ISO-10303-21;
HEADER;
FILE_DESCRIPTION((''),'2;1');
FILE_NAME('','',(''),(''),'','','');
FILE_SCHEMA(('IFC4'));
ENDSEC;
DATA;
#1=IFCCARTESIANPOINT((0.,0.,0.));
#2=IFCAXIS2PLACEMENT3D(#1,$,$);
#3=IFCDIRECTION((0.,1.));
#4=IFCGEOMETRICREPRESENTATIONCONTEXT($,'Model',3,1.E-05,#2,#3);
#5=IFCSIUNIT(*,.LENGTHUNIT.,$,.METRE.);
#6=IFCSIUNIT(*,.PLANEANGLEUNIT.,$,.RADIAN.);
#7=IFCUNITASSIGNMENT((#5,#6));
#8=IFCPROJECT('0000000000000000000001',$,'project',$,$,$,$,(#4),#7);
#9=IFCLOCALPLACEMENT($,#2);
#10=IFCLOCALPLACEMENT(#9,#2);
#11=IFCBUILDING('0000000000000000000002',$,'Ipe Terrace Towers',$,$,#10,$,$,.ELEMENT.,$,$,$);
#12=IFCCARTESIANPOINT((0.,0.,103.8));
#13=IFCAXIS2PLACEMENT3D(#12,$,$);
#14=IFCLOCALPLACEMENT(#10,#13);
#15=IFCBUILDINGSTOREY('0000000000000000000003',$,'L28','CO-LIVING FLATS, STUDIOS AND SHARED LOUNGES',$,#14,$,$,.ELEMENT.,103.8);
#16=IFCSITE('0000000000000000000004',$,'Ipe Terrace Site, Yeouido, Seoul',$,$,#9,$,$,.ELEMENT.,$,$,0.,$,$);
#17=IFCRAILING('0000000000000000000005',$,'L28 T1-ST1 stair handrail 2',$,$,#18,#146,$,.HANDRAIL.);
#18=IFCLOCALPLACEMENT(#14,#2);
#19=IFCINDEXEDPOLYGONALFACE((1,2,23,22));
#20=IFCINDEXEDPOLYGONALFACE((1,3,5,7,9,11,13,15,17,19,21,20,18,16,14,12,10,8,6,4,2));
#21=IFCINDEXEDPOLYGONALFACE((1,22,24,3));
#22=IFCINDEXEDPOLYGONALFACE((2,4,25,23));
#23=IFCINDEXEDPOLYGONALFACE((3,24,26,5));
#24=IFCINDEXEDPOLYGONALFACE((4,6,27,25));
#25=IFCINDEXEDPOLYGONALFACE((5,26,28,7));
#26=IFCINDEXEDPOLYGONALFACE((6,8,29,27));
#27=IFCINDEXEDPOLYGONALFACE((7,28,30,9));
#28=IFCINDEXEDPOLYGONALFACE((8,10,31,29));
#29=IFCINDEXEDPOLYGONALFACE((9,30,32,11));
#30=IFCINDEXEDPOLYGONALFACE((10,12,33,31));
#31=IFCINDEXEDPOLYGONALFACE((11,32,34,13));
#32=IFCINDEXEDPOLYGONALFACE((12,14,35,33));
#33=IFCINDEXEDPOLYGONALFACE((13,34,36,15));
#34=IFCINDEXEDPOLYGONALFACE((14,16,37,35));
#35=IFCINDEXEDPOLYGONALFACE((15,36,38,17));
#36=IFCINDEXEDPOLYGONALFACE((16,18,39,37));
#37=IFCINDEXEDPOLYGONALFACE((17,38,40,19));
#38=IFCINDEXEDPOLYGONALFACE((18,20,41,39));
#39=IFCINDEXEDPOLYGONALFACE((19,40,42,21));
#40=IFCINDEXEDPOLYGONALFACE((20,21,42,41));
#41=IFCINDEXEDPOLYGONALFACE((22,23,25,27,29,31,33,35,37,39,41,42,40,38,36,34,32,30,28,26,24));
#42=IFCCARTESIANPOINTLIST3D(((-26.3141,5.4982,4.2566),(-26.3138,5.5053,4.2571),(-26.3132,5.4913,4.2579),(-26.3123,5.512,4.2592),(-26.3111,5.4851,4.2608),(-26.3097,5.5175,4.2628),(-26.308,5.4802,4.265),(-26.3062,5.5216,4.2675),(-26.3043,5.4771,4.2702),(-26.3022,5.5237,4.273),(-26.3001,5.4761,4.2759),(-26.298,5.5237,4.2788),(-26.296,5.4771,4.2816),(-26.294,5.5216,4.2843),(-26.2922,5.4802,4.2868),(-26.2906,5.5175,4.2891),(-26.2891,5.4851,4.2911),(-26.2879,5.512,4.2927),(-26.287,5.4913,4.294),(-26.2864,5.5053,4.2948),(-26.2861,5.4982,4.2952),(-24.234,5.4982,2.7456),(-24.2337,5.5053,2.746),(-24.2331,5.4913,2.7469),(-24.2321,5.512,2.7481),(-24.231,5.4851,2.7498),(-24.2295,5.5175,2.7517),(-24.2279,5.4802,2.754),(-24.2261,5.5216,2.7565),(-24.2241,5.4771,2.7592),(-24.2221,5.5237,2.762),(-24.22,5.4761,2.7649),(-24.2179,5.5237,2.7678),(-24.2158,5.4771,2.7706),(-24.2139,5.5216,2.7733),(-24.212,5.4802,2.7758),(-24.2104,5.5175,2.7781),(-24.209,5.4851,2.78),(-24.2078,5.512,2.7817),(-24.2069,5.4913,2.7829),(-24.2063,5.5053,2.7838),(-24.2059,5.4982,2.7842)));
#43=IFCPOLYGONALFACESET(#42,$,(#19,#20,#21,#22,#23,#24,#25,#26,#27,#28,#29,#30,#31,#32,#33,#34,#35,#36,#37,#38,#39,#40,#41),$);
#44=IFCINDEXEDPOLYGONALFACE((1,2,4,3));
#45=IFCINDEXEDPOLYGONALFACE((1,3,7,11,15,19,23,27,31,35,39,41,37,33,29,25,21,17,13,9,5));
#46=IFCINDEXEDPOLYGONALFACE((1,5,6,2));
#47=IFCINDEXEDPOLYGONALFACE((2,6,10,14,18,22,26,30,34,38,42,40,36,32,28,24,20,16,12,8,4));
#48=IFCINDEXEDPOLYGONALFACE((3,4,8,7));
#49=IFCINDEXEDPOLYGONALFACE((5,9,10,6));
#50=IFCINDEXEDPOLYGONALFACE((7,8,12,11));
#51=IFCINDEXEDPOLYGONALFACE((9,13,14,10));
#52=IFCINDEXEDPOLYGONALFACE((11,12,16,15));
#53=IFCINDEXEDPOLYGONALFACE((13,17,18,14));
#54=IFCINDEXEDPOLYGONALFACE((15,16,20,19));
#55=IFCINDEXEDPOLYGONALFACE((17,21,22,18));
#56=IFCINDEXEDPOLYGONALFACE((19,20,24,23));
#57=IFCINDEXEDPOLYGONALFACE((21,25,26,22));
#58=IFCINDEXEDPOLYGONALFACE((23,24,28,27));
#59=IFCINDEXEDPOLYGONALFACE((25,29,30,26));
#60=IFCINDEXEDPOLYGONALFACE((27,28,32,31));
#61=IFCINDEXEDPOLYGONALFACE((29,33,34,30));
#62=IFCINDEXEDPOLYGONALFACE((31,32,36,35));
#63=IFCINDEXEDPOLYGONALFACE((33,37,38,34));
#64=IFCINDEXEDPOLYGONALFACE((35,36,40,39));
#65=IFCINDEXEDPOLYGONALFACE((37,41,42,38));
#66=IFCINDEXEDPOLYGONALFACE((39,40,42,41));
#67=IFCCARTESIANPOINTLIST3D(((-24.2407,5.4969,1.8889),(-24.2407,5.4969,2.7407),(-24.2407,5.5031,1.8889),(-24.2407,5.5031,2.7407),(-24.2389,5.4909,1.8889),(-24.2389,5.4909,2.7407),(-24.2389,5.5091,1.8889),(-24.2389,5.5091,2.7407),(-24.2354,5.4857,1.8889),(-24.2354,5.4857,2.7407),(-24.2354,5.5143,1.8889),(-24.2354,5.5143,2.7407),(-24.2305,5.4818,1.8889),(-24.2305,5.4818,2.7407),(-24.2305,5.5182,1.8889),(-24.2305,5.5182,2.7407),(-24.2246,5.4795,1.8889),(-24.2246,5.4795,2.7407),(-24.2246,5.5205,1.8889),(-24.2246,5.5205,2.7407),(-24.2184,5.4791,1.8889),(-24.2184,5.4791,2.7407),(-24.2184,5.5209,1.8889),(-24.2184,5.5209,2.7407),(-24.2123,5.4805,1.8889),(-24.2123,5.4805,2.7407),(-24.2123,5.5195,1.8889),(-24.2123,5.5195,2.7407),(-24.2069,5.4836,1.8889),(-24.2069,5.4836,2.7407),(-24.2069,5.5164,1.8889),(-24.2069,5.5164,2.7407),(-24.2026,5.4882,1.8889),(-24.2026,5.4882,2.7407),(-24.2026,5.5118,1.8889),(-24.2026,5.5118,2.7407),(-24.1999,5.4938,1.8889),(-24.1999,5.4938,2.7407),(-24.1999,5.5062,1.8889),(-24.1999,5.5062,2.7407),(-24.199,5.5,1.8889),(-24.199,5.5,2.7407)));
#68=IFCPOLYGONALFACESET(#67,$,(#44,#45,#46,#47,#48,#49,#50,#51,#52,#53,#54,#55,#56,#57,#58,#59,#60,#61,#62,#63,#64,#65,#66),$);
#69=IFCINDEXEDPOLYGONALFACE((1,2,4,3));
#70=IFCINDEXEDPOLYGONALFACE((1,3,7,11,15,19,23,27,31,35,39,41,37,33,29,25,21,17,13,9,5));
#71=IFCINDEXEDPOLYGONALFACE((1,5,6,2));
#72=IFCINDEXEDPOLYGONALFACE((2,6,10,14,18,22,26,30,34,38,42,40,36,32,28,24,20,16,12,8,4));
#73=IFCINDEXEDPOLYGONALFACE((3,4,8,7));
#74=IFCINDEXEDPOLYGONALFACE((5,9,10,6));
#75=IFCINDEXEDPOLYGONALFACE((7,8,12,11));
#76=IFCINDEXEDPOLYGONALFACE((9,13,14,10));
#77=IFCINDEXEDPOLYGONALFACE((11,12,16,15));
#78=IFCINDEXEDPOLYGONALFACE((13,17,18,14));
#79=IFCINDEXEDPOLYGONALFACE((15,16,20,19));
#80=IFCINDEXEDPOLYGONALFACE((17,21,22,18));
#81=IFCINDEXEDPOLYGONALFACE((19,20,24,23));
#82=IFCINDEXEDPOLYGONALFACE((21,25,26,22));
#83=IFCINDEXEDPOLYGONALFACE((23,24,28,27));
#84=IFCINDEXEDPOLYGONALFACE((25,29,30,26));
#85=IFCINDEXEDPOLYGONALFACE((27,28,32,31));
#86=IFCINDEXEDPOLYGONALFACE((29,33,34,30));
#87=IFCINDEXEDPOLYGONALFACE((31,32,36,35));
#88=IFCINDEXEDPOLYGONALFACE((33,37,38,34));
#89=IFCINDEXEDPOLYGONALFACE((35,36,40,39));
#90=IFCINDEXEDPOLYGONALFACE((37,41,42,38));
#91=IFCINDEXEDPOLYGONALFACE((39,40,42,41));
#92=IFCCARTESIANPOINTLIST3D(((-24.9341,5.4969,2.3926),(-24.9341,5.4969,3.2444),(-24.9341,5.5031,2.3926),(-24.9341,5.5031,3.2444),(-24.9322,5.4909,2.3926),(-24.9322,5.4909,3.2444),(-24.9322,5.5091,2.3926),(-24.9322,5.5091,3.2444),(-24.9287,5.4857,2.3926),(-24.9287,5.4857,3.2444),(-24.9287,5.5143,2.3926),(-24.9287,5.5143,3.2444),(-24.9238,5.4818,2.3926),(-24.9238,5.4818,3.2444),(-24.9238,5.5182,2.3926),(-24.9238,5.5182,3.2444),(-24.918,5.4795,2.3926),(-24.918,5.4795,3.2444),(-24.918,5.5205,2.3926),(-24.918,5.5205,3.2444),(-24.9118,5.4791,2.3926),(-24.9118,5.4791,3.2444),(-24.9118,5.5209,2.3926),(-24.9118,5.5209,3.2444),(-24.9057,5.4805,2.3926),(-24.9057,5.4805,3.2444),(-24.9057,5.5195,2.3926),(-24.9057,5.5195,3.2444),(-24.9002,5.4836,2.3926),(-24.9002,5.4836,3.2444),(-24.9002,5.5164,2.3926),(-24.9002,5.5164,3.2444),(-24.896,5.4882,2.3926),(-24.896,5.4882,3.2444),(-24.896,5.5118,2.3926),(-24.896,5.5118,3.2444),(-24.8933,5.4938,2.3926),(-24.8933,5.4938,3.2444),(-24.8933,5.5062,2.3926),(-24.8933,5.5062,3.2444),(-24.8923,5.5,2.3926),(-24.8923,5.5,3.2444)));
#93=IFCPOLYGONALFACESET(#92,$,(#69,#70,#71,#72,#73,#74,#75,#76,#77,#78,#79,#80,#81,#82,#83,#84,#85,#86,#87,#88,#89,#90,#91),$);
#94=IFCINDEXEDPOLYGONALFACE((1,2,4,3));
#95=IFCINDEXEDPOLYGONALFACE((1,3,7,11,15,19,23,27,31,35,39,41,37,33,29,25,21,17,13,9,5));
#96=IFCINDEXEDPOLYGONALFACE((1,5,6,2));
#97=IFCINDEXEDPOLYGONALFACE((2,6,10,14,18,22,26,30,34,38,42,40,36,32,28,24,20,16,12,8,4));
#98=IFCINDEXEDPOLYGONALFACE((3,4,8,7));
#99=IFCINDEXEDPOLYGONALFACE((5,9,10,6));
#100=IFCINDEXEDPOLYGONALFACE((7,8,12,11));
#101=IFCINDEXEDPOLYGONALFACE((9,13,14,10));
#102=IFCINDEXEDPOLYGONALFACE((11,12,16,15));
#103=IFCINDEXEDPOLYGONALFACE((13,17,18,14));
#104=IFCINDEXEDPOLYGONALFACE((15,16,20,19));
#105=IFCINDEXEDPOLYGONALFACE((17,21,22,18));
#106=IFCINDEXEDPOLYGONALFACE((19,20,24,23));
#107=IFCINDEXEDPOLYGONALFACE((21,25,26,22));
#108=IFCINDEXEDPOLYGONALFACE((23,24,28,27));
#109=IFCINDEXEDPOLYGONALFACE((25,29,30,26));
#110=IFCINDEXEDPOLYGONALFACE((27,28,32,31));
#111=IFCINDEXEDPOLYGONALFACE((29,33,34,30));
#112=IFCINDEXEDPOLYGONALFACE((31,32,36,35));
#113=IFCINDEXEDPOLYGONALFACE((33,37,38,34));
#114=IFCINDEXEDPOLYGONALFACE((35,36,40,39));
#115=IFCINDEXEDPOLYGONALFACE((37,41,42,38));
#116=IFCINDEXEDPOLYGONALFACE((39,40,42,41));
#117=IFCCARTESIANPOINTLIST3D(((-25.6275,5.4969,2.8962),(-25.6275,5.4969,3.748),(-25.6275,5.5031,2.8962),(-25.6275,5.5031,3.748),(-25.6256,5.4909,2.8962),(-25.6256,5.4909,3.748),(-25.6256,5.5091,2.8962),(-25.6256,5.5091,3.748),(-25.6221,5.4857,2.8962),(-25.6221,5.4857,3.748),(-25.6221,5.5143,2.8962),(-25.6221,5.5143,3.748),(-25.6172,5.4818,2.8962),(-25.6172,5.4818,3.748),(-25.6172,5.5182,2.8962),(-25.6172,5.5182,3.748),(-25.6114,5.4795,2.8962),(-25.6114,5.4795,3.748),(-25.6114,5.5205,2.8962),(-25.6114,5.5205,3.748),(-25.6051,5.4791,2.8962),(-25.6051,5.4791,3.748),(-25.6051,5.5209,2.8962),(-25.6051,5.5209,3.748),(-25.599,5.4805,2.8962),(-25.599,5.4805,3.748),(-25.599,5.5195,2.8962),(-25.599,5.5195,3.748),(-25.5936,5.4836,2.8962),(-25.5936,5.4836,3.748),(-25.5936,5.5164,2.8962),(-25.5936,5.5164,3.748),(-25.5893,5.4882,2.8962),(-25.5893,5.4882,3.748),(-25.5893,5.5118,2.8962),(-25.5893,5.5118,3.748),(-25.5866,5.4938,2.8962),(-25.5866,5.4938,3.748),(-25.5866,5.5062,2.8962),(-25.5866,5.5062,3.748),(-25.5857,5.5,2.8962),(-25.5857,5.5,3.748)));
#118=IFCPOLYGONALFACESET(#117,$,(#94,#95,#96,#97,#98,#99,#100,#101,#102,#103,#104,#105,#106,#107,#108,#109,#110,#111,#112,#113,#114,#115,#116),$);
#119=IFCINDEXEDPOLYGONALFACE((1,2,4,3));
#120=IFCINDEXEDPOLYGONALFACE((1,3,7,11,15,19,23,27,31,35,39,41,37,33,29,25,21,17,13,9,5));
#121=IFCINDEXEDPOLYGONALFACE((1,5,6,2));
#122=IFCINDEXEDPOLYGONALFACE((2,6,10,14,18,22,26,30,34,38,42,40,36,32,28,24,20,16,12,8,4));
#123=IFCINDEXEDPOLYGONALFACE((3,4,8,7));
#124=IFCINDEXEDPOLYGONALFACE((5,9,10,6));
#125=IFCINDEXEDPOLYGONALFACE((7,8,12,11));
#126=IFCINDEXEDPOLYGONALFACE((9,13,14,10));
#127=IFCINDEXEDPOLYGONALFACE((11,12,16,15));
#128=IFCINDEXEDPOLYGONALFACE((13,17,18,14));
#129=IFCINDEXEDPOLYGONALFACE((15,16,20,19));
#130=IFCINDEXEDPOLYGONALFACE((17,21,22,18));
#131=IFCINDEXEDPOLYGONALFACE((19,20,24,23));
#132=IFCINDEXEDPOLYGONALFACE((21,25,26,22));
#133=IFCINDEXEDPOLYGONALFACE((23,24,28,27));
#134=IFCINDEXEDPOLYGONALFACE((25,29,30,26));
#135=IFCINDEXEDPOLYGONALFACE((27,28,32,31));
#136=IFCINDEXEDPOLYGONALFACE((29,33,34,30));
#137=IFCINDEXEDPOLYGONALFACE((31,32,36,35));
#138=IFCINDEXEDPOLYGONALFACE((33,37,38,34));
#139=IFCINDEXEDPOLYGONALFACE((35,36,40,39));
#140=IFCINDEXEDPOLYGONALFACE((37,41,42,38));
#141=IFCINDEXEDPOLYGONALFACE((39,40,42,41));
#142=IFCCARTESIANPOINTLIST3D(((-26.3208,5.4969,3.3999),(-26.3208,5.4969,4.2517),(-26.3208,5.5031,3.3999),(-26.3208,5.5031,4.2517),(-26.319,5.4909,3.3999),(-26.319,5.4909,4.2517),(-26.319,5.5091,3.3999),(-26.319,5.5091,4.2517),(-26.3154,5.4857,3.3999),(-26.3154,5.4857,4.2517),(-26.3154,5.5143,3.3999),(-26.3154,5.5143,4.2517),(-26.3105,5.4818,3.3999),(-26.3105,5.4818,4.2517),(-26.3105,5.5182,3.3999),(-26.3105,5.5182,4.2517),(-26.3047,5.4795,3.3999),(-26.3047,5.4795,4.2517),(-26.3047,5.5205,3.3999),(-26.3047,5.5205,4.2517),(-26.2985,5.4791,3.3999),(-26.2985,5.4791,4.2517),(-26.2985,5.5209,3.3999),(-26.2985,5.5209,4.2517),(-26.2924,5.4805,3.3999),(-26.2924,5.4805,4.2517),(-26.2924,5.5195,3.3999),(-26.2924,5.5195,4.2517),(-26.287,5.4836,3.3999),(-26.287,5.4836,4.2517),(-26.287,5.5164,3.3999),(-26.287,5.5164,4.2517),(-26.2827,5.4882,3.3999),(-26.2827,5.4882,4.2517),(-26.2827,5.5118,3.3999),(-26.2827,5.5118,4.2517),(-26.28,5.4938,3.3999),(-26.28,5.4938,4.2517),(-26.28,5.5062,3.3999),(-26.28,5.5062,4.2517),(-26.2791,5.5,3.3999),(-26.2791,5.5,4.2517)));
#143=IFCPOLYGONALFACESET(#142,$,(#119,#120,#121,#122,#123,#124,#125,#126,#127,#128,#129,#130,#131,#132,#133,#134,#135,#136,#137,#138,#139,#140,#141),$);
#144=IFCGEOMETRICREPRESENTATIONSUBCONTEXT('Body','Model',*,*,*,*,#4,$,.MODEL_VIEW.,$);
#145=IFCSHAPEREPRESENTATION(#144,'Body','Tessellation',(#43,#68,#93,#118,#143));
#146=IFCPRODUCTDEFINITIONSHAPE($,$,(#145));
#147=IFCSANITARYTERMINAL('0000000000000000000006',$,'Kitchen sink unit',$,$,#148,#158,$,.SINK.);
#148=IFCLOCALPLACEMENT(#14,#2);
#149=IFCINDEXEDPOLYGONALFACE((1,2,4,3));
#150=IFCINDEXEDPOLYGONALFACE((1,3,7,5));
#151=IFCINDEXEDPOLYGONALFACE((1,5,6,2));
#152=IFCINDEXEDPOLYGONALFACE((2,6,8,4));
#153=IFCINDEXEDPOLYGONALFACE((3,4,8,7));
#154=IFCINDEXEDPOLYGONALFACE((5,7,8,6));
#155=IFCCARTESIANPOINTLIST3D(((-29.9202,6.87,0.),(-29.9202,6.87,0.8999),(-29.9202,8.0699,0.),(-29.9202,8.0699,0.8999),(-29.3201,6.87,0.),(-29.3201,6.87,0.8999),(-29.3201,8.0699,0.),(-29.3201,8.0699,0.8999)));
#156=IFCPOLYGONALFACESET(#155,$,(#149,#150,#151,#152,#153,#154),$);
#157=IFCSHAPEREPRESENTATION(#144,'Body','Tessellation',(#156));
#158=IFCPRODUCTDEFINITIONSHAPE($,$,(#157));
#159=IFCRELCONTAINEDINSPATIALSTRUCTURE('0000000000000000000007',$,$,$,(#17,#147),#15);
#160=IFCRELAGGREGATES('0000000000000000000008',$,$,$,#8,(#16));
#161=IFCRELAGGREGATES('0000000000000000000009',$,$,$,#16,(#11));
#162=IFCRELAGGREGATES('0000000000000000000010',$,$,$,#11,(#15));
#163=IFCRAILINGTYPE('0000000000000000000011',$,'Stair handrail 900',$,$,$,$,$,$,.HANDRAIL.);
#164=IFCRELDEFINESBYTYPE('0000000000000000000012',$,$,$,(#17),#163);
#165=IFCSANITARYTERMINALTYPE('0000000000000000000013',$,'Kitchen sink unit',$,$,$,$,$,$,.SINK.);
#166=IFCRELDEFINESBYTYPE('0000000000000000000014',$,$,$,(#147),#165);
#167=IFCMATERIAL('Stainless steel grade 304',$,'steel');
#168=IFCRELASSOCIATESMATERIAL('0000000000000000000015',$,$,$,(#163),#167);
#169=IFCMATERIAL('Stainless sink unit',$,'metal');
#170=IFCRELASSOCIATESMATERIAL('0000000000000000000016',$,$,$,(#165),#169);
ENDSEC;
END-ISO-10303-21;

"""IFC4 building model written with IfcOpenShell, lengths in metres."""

from ifc_helpers import new_model, si_unit, direction, frame, origin, origin_2d, place, context, subcontext, project, spatial, rectangle, circle, extrude, material, type_object, element, save


model = new_model("IFC4")

# Units and contexts
model_context = context("Model", 3, precision=1e-05, world=origin(), true_north=direction((0.0, 1.0)))
body_context = subcontext(model_context, "Body", "Model", "MODEL_VIEW")
ifc_project = project(units=[si_unit("LENGTHUNIT", "METRE"), si_unit("PLANEANGLEUNIT", "RADIAN")], contexts=[model_context])

# Site, building, storey
site_placement = place(None, origin())
site = spatial("IfcSite", under=ifc_project, at=site_placement, Name="Ipe Terrace Site, Yeouido, Seoul", CompositionType="ELEMENT", RefElevation=0.0)
building_placement = place(site_placement, origin())
building = spatial("IfcBuilding", under=site, at=building_placement, Name="Ipe Terrace Towers", CompositionType="ELEMENT")
storey_placement = place(building_placement, frame((0.0, 0.0, 103.8)))
storey = spatial("IfcBuildingStorey", under=building, at=storey_placement, Name="L28", Description="CO-LIVING FLATS, STUDIOS AND SHARED LOUNGES", CompositionType="ELEMENT", Elevation=103.8)

# Railing
ifc_material_1 = material(Name="Stainless steel grade 304", Category="steel")
railing_type_1 = type_object("IfcRailingType", Name="Stair handrail 900", PredefinedType="HANDRAIL", material=ifc_material_1)
railing_1_placement = place(storey_placement, frame((-24.22, 5.5, 1.8889)))
element("IfcRailing", 1, at=railing_1_placement, inside=storey, type_object=railing_type_1, Name="L28 T1-ST1 stair handrail 2", PredefinedType="HANDRAIL", context=body_context, shape_type="SweptSolid", body=[
    extrude(circle(Radius=0.0239, at=origin_2d()), frame((0.0, 0.0, 0.876), z_axis=(-0.809069, 0.0, 0.587714), x_axis=(0.0, -1.0, 0.0)), (0.0, 0.0, 1.0), 2.571),
    extrude(circle(Radius=0.021, at=origin_2d()), origin(), (0.0, 0.0, 1.0), 0.8518),
    extrude(circle(Radius=0.021, at=origin_2d()), frame((-0.6934, 0.0, 0.5037)), (0.0, 0.0, 1.0), 0.8518),
    extrude(circle(Radius=0.021, at=origin_2d()), frame((-1.3867, 0.0, 1.0073)), (0.0, 0.0, 1.0), 0.8518),
    extrude(circle(Radius=0.021, at=origin_2d()), frame((-2.0801, 0.0, 1.511)), (0.0, 0.0, 1.0), 0.8518),
])

# Sanitary terminal
ifc_material_2 = material(Name="Stainless sink unit", Category="metal")
sanitary_terminal_type = type_object("IfcSanitaryTerminalType", Name="Kitchen sink unit", PredefinedType="SINK", material=ifc_material_2)
sanitary_terminal_placement = place(storey_placement, frame((-29.6201, 7.47, 0.0), z_axis=(0.0, 0.0, 1.0), x_axis=(0.0, -1.0, 0.0)))
element("IfcSanitaryTerminal", 2, at=sanitary_terminal_placement, inside=storey, type_object=sanitary_terminal_type, Name="Kitchen sink unit", PredefinedType="SINK", context=body_context, shape_type="SweptSolid", body=[
    extrude(rectangle(XDim=1.2, YDim=0.6001, at=origin_2d()), origin(), (0.0, 0.0, 1.0), 0.8999),
])

save(model, "model.ifc")
